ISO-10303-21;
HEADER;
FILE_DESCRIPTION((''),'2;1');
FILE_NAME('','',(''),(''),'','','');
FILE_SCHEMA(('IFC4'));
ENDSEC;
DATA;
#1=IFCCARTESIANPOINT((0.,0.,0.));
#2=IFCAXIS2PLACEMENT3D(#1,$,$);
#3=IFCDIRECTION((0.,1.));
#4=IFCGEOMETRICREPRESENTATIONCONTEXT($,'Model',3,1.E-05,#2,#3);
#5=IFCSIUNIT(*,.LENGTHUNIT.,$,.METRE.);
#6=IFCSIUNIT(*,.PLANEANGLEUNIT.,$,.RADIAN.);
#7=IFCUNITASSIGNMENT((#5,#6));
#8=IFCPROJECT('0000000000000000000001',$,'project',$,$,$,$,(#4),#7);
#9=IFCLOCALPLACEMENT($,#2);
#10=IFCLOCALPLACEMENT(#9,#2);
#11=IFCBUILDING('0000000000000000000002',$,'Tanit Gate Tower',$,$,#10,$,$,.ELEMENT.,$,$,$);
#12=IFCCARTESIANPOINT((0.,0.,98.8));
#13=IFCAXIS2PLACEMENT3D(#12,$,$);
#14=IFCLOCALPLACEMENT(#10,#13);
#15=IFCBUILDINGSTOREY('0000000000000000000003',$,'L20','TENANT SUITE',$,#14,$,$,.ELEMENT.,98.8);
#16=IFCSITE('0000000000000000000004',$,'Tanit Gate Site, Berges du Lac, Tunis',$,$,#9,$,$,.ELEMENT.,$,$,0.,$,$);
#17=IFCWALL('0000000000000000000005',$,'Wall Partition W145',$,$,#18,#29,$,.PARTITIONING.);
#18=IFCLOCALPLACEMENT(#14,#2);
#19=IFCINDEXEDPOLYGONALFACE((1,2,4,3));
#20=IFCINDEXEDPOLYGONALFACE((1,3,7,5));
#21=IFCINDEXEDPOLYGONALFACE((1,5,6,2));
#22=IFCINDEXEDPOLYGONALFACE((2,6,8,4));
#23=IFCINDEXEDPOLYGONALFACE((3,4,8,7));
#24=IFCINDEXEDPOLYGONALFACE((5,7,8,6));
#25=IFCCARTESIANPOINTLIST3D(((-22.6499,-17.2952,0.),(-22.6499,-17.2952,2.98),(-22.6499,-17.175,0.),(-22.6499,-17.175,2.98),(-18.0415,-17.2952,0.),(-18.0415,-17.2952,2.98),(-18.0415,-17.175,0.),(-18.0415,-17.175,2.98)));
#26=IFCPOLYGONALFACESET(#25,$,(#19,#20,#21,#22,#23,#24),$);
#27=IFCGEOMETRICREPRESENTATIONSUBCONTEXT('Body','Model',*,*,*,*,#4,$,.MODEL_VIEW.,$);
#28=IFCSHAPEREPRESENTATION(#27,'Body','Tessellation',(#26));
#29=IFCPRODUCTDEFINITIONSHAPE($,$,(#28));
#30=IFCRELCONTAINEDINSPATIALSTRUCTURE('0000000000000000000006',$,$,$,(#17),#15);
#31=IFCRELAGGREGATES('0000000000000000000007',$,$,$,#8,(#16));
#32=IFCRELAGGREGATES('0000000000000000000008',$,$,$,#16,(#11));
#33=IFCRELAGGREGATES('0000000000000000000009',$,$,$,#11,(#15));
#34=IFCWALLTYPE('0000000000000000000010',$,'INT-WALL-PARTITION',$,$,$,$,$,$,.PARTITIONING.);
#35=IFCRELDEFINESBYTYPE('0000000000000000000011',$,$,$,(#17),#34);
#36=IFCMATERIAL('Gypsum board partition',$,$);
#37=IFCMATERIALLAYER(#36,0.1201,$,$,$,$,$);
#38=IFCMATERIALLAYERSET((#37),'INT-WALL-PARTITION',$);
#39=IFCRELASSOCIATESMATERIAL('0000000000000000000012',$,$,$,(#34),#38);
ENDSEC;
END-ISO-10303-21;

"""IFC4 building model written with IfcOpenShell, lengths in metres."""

from ifc_helpers import new_model, si_unit, direction, frame, frame_2d, origin, place, context, subcontext, project, spatial, rectangle, extrude, material, layer, layer_set, type_object, element, save


model = new_model("IFC4")

# Units and contexts
model_context = context("Model", 3, precision=1e-05, world=origin(), true_north=direction((0.0, 1.0)))
body_context = subcontext(model_context, "Body", "Model", "MODEL_VIEW")
ifc_project = project(units=[si_unit("LENGTHUNIT", "METRE"), si_unit("PLANEANGLEUNIT", "RADIAN")], contexts=[model_context])

# Site, building, storey
site_placement = place(None, origin())
site = spatial("IfcSite", under=ifc_project, at=site_placement, Name="Tanit Gate Site, Berges du Lac, Tunis", CompositionType="ELEMENT", RefElevation=0.0)
building_placement = place(site_placement, origin())
building = spatial("IfcBuilding", under=site, at=building_placement, Name="Tanit Gate Tower", CompositionType="ELEMENT")
storey_placement = place(building_placement, frame((0.0, 0.0, 98.8)))
storey = spatial("IfcBuildingStorey", under=building, at=storey_placement, Name="L20", Description="TENANT SUITE", CompositionType="ELEMENT", Elevation=98.8)

# Shared definitions
ifc_material_1 = material(Name="Gypsum board partition")
ifc_layer_1 = layer(ifc_material_1, 0.1201)
ifc_layer_set_1 = layer_set([ifc_layer_1], Name="INT-WALL-PARTITION")
wall_type_1 = type_object("IfcWallType", Name="INT-WALL-PARTITION", PredefinedType="PARTITIONING", material=ifc_layer_set_1)

# Wall
wall_1_placement = place(storey_placement, frame((-18.0415, -17.2351, 0.0), z_axis=(0.0, 0.0, 1.0), x_axis=(-1.0, 0.0, 0.0)))
element("IfcWall", 1, at=wall_1_placement, inside=storey, type_object=wall_type_1, Name="Wall Partition W145", PredefinedType="PARTITIONING", context=body_context, shape_type="SweptSolid", body=[
    extrude(rectangle(XDim=4.6084, YDim=0.1201, at=frame_2d((2.3042, 0.0))), origin(), (0.0, 0.0, 1.0), 2.98),
])

save(model, "model.ifc")
